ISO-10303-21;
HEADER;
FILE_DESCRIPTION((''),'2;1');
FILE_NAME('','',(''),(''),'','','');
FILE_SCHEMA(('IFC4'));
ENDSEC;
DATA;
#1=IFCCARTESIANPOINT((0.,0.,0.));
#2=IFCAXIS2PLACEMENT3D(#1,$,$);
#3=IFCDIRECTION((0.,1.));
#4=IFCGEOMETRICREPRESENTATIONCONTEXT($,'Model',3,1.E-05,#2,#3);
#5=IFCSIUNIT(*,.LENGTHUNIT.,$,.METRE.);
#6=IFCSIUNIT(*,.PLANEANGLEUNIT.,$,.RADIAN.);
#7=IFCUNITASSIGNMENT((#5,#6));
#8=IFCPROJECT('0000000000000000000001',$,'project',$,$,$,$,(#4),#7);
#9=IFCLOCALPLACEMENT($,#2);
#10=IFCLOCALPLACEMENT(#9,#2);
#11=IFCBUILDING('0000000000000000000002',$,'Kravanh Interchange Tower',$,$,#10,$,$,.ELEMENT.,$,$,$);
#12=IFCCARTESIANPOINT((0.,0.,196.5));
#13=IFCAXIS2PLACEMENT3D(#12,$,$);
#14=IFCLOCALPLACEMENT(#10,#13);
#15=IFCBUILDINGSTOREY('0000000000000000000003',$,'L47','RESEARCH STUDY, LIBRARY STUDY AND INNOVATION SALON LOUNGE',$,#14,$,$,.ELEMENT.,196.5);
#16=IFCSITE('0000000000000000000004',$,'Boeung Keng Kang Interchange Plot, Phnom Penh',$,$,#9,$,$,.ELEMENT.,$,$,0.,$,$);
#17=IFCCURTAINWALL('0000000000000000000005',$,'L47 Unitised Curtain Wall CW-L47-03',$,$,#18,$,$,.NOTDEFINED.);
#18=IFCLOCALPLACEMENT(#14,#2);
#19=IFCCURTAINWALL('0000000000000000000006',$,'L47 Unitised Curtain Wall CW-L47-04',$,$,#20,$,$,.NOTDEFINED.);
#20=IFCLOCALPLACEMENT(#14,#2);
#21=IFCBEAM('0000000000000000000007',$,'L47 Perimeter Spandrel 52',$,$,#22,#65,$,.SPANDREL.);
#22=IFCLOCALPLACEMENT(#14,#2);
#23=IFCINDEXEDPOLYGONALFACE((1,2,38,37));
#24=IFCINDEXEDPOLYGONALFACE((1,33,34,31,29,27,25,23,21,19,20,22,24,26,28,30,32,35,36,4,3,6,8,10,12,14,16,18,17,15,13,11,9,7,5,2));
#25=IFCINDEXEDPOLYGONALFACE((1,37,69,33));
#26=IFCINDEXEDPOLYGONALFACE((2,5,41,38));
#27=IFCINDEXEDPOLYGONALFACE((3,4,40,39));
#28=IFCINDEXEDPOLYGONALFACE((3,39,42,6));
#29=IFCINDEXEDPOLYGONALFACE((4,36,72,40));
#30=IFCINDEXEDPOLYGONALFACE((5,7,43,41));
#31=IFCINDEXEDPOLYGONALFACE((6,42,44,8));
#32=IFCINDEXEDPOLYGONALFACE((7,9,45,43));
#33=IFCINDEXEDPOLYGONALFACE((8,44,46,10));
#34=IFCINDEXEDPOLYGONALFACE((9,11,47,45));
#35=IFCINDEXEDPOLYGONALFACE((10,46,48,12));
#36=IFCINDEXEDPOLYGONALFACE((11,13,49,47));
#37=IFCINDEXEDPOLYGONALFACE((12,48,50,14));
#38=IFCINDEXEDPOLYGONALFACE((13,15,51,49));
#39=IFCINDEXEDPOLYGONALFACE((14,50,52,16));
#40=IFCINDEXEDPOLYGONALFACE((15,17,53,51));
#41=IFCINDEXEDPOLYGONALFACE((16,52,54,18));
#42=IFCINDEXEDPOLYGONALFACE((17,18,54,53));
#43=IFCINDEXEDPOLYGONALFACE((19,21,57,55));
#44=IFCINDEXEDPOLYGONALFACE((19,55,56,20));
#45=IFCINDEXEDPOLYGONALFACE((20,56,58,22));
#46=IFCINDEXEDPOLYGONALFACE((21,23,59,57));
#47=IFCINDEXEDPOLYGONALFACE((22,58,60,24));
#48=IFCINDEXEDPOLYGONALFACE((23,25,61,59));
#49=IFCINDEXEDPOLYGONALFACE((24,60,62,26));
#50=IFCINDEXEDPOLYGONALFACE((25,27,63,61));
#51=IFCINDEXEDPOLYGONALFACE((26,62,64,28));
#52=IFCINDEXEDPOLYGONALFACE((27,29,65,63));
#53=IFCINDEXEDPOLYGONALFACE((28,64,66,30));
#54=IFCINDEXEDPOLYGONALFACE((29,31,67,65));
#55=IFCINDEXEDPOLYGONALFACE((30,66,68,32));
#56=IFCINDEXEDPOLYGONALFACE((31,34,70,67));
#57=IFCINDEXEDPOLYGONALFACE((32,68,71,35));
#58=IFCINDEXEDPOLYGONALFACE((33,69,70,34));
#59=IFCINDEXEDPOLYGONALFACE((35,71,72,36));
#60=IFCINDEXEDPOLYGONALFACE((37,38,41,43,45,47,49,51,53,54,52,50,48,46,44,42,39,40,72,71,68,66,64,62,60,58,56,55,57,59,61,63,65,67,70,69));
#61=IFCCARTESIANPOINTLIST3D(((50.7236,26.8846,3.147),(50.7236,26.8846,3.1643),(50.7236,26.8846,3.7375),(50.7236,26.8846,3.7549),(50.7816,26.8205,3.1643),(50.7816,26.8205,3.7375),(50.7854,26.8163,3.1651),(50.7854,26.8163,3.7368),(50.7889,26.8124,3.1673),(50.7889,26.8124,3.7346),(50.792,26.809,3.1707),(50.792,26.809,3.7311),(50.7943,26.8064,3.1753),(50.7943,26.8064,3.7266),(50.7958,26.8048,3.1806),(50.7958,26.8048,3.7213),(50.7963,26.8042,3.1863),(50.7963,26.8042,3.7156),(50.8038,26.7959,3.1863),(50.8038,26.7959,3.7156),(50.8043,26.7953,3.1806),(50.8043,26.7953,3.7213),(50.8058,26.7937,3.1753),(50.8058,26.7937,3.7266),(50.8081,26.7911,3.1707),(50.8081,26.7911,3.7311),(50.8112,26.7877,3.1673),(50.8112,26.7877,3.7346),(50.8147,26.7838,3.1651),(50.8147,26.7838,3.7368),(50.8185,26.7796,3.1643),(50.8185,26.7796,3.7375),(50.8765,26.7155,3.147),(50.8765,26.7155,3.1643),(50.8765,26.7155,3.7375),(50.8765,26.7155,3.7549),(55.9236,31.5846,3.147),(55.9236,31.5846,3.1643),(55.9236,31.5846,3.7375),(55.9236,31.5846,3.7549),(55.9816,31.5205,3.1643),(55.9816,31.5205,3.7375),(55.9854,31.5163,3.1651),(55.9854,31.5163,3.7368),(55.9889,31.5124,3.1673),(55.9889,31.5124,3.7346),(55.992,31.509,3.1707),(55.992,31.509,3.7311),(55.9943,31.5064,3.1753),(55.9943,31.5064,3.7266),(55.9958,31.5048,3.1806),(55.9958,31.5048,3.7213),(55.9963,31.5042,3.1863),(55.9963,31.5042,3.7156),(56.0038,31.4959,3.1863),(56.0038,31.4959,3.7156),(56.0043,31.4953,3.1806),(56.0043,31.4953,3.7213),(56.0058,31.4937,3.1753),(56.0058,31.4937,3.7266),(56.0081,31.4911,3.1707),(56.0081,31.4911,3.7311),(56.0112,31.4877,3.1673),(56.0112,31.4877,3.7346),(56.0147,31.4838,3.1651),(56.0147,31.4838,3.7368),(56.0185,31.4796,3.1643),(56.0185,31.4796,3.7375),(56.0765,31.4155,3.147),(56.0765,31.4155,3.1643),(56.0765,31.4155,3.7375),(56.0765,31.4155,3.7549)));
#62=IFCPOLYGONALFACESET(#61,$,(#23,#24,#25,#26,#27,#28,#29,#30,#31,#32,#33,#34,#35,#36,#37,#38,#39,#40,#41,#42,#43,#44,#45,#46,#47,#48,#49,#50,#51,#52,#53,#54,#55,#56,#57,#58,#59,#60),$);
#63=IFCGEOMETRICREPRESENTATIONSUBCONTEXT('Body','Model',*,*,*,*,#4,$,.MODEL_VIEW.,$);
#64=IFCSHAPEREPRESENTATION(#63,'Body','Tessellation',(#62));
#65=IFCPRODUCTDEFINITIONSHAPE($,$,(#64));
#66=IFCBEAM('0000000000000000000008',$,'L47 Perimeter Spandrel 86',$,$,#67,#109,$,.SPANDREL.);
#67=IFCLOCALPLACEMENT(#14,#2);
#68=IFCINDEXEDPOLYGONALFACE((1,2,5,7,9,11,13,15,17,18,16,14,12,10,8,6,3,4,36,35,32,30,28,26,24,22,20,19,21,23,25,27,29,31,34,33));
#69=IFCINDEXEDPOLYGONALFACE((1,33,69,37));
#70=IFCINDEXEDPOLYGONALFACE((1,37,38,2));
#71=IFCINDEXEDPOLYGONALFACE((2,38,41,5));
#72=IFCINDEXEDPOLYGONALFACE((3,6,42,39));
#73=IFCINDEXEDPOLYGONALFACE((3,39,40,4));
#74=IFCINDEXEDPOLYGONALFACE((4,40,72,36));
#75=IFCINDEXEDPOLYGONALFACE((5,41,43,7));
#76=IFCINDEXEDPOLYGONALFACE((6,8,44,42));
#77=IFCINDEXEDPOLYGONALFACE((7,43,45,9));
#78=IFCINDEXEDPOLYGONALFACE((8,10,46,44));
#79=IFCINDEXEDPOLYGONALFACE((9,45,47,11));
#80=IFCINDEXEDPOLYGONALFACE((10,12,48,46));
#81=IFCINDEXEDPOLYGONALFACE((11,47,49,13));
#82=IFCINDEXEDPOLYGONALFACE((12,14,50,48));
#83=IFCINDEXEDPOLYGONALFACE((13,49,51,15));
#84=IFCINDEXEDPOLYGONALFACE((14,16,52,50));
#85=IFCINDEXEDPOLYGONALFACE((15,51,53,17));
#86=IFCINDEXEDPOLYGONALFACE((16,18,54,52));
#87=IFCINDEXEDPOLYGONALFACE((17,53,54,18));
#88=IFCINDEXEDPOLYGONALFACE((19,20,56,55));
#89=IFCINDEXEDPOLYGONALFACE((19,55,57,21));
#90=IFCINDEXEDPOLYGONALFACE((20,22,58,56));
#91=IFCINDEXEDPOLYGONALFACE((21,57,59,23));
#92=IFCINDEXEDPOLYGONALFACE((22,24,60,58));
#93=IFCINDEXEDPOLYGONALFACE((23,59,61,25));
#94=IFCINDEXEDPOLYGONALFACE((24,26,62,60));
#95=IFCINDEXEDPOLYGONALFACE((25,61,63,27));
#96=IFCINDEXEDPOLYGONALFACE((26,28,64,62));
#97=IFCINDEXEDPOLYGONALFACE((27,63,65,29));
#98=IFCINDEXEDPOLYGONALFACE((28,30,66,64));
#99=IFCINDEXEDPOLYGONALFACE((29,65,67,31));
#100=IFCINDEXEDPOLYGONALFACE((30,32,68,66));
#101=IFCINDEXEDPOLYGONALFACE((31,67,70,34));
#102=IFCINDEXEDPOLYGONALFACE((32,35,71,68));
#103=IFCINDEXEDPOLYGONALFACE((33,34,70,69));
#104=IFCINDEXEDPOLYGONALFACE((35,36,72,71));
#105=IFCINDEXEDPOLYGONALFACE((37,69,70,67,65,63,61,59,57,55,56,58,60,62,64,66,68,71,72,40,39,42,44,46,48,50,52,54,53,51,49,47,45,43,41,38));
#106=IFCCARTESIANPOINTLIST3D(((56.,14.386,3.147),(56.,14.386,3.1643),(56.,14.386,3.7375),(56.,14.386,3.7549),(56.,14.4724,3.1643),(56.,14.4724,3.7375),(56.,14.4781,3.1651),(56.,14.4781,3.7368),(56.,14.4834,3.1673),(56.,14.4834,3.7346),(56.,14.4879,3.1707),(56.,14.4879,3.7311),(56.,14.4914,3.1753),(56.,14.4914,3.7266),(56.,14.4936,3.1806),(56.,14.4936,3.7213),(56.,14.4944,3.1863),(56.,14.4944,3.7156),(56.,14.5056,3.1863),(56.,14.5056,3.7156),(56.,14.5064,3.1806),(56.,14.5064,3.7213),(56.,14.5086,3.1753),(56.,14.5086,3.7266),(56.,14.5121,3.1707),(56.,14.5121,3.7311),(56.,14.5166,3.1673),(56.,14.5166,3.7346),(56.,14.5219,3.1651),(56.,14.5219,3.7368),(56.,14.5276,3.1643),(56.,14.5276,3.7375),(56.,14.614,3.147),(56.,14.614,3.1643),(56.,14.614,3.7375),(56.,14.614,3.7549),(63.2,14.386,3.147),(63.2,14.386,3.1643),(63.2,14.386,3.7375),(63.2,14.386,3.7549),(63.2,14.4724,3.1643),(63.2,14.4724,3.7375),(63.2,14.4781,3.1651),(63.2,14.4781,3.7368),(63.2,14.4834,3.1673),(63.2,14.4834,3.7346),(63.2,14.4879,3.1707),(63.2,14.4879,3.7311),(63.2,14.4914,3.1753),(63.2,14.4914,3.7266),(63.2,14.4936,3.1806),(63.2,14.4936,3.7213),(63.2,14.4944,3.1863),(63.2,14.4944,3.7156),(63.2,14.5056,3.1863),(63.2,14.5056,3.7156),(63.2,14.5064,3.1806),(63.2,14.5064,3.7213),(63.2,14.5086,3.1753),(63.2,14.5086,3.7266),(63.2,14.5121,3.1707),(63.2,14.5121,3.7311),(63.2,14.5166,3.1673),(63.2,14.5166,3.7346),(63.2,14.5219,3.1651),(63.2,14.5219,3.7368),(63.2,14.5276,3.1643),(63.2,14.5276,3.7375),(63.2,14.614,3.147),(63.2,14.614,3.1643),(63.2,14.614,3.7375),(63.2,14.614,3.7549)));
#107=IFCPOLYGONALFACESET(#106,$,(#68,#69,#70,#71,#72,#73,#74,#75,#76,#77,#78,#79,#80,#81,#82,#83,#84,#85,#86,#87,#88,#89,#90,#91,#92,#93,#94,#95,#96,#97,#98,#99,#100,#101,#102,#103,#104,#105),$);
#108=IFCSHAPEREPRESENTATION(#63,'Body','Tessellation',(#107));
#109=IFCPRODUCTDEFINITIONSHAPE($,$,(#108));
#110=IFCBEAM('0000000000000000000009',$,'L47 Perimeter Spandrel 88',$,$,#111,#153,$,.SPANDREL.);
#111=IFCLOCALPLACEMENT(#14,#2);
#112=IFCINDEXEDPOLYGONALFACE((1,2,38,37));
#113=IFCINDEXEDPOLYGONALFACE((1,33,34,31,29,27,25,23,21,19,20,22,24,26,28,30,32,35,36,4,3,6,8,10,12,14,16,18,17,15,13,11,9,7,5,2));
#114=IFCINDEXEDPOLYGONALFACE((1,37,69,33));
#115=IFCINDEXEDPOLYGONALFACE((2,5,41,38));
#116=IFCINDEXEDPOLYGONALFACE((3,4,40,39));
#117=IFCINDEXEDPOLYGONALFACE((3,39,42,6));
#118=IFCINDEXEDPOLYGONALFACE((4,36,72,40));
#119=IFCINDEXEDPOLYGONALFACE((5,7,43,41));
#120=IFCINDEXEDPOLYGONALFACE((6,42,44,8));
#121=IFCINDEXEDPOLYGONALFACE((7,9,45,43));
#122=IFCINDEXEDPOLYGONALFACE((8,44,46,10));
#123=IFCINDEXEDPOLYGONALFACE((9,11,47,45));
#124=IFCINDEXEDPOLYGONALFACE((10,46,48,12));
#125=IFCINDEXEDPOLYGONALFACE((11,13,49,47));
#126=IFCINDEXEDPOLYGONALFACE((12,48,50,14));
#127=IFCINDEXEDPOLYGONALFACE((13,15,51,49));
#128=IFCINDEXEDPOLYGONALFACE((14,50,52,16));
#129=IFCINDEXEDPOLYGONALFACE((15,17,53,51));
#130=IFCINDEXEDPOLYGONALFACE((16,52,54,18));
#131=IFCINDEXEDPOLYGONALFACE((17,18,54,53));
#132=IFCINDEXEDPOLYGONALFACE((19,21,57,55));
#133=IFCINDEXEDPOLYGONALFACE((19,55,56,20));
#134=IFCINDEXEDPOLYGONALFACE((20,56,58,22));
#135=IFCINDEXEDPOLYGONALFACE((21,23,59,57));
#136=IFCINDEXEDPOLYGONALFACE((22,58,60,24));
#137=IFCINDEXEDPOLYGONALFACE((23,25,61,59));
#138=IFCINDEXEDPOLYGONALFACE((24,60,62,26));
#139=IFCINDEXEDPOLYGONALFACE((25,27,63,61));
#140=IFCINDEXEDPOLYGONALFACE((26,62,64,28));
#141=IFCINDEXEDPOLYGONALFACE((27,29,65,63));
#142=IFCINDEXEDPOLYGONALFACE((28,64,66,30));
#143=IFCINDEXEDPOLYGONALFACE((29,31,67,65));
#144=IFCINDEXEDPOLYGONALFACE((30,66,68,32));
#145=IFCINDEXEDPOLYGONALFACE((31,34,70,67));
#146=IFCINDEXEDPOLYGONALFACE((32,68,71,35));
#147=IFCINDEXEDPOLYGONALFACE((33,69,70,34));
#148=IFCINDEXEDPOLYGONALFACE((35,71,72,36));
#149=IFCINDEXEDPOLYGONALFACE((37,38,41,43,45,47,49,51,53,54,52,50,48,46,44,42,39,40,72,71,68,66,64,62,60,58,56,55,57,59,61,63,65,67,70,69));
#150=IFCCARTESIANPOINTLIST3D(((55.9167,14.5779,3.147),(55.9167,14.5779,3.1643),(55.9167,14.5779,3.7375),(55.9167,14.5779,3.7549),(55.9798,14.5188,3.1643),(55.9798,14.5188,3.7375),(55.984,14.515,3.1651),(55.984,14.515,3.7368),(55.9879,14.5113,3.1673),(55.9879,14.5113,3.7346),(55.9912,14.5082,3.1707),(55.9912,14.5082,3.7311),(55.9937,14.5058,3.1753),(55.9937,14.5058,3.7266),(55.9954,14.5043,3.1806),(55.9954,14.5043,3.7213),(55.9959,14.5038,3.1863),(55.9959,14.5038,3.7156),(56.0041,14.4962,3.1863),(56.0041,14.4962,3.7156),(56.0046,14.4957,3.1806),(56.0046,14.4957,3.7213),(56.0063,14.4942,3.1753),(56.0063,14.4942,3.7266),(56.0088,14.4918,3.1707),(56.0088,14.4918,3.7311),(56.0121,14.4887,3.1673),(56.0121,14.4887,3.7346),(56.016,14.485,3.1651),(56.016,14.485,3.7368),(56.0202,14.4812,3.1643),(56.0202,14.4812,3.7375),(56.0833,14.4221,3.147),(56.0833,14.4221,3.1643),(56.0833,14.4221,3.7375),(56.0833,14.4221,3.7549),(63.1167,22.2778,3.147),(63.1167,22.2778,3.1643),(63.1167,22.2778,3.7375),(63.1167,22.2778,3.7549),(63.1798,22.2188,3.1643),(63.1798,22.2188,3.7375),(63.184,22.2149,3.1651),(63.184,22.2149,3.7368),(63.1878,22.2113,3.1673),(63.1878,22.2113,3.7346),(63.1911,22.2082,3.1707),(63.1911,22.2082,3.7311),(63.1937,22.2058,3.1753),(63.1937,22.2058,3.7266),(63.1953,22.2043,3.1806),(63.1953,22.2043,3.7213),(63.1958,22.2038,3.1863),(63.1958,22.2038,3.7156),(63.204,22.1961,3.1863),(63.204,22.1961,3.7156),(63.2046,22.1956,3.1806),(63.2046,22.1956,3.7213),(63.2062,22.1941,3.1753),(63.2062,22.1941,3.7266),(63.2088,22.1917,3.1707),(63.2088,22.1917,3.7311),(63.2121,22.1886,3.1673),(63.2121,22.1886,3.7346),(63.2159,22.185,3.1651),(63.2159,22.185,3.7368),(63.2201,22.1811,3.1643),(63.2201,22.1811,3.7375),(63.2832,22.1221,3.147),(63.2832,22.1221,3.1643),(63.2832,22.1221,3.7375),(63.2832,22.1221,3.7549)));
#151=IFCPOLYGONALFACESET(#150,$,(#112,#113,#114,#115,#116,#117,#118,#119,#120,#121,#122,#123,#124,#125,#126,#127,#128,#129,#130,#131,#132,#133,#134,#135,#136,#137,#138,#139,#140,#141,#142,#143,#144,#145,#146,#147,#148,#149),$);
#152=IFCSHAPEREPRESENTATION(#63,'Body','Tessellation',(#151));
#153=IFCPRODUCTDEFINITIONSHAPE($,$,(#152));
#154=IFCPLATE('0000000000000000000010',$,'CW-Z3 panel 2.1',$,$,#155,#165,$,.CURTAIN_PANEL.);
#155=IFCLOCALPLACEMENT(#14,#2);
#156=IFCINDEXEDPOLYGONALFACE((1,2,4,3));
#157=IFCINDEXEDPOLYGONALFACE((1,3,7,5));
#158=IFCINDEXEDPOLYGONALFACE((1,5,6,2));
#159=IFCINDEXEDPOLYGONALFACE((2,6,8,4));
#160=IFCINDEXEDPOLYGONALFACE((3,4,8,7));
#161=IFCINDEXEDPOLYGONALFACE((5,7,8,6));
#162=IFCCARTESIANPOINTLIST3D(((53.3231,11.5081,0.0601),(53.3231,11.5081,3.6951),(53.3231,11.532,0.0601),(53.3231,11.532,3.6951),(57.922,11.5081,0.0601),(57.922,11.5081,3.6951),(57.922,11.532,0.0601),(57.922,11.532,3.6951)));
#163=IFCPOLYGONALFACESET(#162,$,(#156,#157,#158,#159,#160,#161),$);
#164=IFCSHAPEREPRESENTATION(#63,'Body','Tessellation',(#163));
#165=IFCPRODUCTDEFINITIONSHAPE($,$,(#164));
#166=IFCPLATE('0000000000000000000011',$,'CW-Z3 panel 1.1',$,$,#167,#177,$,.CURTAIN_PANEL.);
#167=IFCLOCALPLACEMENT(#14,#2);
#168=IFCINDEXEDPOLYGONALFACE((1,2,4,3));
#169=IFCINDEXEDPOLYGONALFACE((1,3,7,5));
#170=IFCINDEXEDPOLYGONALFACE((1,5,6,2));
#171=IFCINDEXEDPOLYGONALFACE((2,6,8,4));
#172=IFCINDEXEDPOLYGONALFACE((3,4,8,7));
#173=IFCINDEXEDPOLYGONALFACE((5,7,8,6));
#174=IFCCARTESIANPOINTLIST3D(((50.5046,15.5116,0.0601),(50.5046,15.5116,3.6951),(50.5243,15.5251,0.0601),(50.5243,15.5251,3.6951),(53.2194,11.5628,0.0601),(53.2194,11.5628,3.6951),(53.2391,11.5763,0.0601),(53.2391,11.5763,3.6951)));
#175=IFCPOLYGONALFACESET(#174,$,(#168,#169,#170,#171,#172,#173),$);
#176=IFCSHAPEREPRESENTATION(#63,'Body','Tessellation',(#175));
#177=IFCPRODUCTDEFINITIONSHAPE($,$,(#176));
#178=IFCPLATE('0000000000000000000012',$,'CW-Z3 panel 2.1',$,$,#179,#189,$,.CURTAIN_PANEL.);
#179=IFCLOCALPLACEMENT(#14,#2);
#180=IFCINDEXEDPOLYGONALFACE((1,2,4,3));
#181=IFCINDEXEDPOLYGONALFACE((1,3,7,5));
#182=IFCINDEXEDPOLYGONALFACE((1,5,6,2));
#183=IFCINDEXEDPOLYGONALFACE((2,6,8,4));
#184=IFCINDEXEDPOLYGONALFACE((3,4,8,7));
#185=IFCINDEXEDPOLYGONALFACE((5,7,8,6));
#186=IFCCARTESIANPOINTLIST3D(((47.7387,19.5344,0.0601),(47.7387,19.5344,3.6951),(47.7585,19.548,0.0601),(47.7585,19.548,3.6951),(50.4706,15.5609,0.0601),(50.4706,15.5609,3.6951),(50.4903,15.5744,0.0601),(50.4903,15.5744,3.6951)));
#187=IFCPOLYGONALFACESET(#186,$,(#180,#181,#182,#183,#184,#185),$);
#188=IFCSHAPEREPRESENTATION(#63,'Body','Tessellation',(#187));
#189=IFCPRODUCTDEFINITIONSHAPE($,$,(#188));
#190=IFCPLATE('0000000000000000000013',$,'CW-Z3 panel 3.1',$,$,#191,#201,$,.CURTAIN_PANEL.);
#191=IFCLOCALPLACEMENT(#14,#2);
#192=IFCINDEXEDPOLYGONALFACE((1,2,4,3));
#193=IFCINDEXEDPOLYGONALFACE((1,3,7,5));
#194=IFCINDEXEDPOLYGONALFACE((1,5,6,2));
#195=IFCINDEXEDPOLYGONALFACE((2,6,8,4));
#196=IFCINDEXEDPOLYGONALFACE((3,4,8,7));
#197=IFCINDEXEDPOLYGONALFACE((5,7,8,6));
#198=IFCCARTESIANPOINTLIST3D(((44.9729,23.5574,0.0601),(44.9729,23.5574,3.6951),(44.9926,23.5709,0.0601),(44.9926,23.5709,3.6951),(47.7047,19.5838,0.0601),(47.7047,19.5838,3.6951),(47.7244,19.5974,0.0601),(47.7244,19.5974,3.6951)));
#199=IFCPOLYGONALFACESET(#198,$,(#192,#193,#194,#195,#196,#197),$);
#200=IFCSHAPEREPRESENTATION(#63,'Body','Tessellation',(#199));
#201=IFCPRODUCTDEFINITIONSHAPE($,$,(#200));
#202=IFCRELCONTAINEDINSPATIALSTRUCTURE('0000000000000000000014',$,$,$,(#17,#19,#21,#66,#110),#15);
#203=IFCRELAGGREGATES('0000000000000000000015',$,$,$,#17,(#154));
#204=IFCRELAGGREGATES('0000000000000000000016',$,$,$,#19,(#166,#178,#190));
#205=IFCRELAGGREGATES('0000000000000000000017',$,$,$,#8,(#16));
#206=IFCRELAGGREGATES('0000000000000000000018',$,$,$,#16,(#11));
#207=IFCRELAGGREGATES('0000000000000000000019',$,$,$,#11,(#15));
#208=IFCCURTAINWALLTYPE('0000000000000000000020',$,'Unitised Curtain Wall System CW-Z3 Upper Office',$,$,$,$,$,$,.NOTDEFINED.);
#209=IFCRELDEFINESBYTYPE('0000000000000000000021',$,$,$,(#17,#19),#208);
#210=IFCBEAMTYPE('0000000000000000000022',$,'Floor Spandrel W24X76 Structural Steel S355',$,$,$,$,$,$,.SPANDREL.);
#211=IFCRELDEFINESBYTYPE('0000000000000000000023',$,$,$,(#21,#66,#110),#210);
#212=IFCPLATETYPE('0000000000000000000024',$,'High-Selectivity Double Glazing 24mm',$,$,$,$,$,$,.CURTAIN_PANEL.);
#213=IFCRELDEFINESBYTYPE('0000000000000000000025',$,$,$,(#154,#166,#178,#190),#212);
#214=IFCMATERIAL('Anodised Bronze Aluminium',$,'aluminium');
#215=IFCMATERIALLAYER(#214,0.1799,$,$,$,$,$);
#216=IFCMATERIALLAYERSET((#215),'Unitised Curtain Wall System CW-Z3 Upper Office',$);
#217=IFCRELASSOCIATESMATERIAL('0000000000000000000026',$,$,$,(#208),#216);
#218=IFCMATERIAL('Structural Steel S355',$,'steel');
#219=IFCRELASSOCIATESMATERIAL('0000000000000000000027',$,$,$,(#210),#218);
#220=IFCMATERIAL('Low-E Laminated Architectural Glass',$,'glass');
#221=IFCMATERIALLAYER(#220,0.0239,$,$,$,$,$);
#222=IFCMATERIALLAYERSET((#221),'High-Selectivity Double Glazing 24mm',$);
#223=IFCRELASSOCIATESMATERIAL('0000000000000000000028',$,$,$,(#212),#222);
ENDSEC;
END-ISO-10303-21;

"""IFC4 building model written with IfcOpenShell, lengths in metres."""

from ifc_helpers import new_model, si_unit, direction, frame, origin, origin_2d, place, context, subcontext, project, spatial, rectangle, i_section, extrude, material, layer, layer_set, material_profile, profile_set, type_object, element, aggregate, save


model = new_model("IFC4")

# Units and contexts
model_context = context("Model", 3, precision=1e-05, world=origin(), true_north=direction((0.0, 1.0)))
body_context = subcontext(model_context, "Body", "Model", "MODEL_VIEW")
ifc_project = project(units=[si_unit("LENGTHUNIT", "METRE"), si_unit("PLANEANGLEUNIT", "RADIAN")], contexts=[model_context])

# Site, building, storey
site_placement = place(None, origin())
site = spatial("IfcSite", under=ifc_project, at=site_placement, Name="Boeung Keng Kang Interchange Plot, Phnom Penh", CompositionType="ELEMENT", RefElevation=0.0)
building_placement = place(site_placement, origin())
building = spatial("IfcBuilding", under=site, at=building_placement, Name="Kravanh Interchange Tower", CompositionType="ELEMENT")
storey_placement = place(building_placement, frame((0.0, 0.0, 196.5)))
storey = spatial("IfcBuildingStorey", under=building, at=storey_placement, Name="L47", Description="RESEARCH STUDY, LIBRARY STUDY AND INNOVATION SALON LOUNGE", CompositionType="ELEMENT", Elevation=196.5)

# Curtain wall
ifc_material_1 = material(Name="Anodised Bronze Aluminium", Category="aluminium")
ifc_layer_1 = layer(ifc_material_1, 0.1799)
ifc_layer_set_1 = layer_set([ifc_layer_1], Name="Unitised Curtain Wall System CW-Z3 Upper Office")
curtain_wall_type = type_object("IfcCurtainWallType", Name="Unitised Curtain Wall System CW-Z3 Upper Office", PredefinedType="NOTDEFINED", material=ifc_layer_set_1)
curtain_wall_1_placement = place(storey_placement, origin())
curtain_wall_1 = element("IfcCurtainWall", 1, at=curtain_wall_1_placement, inside=storey, type_object=curtain_wall_type, Name="L47 Unitised Curtain Wall CW-L47-03", PredefinedType="NOTDEFINED")

# Curtain wall
curtain_wall_2_placement = place(storey_placement, origin())
curtain_wall_2 = element("IfcCurtainWall", 2, at=curtain_wall_2_placement, inside=storey, type_object=curtain_wall_type, Name="L47 Unitised Curtain Wall CW-L47-04", PredefinedType="NOTDEFINED")

# Beams
ifc_material_2 = material(Name="Structural Steel S355", Category="steel")
ifc_material_profile_1 = material_profile(ifc_material_2, i_section(OverallWidth=0.228, OverallDepth=0.6079, WebThickness=0.0112, FlangeThickness=0.0173, FilletRadius=0.022, at=origin_2d()), Name="W24X76")
ifc_profile_set_1 = profile_set([ifc_material_profile_1], Name="Structural Steel S355")
beam_type_1 = type_object("IfcBeamType", Name="Floor Spandrel W24X76 Structural Steel S355", PredefinedType="SPANDREL", material=ifc_profile_set_1)
beam_1_placement = place(storey_placement, frame((50.8, 26.8, 3.4509), z_axis=(0.741874, 0.670539, 0.0), x_axis=(-0.670539, 0.741874, 0.0)))
element("IfcBeam", 3, at=beam_1_placement, inside=storey, type_object=beam_type_1, Name="L47 Perimeter Spandrel 52", PredefinedType="SPANDREL", context=body_context, shape_type="SweptSolid", body=[
    extrude(i_section(OverallWidth=0.228, OverallDepth=0.6079, WebThickness=0.0112, FlangeThickness=0.0173, FilletRadius=0.022, at=origin_2d()), origin(), (0.0, 0.0, 1.0), 7.0093),
])
beam_2_placement = place(storey_placement, frame((56.0, 14.5, 3.4509), z_axis=(1.0, 0.0, 0.0), x_axis=(0.0, 1.0, 0.0)))
element("IfcBeam", 4, at=beam_2_placement, inside=storey, type_object=beam_type_1, Name="L47 Perimeter Spandrel 86", PredefinedType="SPANDREL", context=body_context, shape_type="SweptSolid", body=[
    extrude(i_section(OverallWidth=0.228, OverallDepth=0.6079, WebThickness=0.0112, FlangeThickness=0.0173, FilletRadius=0.022, at=origin_2d()), origin(), (0.0, 0.0, 1.0), 7.2),
])
beam_3_placement = place(storey_placement, frame((56.0, 14.5, 3.4509), z_axis=(0.682994, 0.730424, 0.0), x_axis=(-0.730424, 0.682994, 0.0)))
element("IfcBeam", 5, at=beam_3_placement, inside=storey, type_object=beam_type_1, Name="L47 Perimeter Spandrel 88", PredefinedType="SPANDREL", context=body_context, shape_type="SweptSolid", body=[
    extrude(i_section(OverallWidth=0.228, OverallDepth=0.6079, WebThickness=0.0112, FlangeThickness=0.0173, FilletRadius=0.022, at=origin_2d()), origin(), (0.0, 0.0, 1.0), 10.5417),
])

# Plates
ifc_material_3 = material(Name="Low-E Laminated Architectural Glass", Category="glass")
ifc_layer_2 = layer(ifc_material_3, 0.0239)
ifc_layer_set_2 = layer_set([ifc_layer_2], Name="High-Selectivity Double Glazing 24mm")
plate_type = type_object("IfcPlateType", Name="High-Selectivity Double Glazing 24mm", PredefinedType="CURTAIN_PANEL", material=ifc_layer_set_2)
plate_1_placement = place(storey_placement, frame((55.6226, 11.52, 0.0601), z_axis=(0.0, 0.0, 1.0), x_axis=(-1.0, 0.0, 0.0)))
plate_1 = element("IfcPlate", 6, at=plate_1_placement, type_object=plate_type, Name="CW-Z3 panel 2.1", PredefinedType="CURTAIN_PANEL", context=body_context, shape_type="SweptSolid", body=[
    extrude(rectangle(XDim=4.5989, YDim=0.0239, at=origin_2d()), origin(), (0.0, 0.0, 1.0), 3.635),
])
aggregate(curtain_wall_1, [plate_1])
plate_2_placement = place(storey_placement, frame((51.8718, 13.5439, 0.0601), z_axis=(0.0, 0.0, 1.0), x_axis=(-0.566528, 0.824042, 0.0)))
plate_2 = element("IfcPlate", 7, at=plate_2_placement, type_object=plate_type, Name="CW-Z3 panel 1.1", PredefinedType="CURTAIN_PANEL", context=body_context, shape_type="SweptSolid", body=[
    extrude(rectangle(XDim=4.792, YDim=0.0239, at=origin_2d()), origin(), (0.0, 0.0, 1.0), 3.635),
])
plate_3_placement = place(storey_placement, frame((49.1145, 17.5544, 0.0601), z_axis=(0.0, 0.0, 1.0), x_axis=(-0.566528, 0.824042, 0.0)))
plate_3 = element("IfcPlate", 8, at=plate_3_placement, type_object=plate_type, Name="CW-Z3 panel 2.1", PredefinedType="CURTAIN_PANEL", context=body_context, shape_type="SweptSolid", body=[
    extrude(rectangle(XDim=4.822, YDim=0.0239, at=origin_2d()), origin(), (0.0, 0.0, 1.0), 3.635),
])
plate_4_placement = place(storey_placement, frame((46.3486, 21.5774, 0.0601), z_axis=(0.0, 0.0, 1.0), x_axis=(-0.566528, 0.824042, 0.0)))
plate_4 = element("IfcPlate", 9, at=plate_4_placement, type_object=plate_type, Name="CW-Z3 panel 3.1", PredefinedType="CURTAIN_PANEL", context=body_context, shape_type="SweptSolid", body=[
    extrude(rectangle(XDim=4.822, YDim=0.0239, at=origin_2d()), origin(), (0.0, 0.0, 1.0), 3.635),
])
aggregate(curtain_wall_2, [plate_2, plate_3, plate_4])

save(model, "model.ifc")
